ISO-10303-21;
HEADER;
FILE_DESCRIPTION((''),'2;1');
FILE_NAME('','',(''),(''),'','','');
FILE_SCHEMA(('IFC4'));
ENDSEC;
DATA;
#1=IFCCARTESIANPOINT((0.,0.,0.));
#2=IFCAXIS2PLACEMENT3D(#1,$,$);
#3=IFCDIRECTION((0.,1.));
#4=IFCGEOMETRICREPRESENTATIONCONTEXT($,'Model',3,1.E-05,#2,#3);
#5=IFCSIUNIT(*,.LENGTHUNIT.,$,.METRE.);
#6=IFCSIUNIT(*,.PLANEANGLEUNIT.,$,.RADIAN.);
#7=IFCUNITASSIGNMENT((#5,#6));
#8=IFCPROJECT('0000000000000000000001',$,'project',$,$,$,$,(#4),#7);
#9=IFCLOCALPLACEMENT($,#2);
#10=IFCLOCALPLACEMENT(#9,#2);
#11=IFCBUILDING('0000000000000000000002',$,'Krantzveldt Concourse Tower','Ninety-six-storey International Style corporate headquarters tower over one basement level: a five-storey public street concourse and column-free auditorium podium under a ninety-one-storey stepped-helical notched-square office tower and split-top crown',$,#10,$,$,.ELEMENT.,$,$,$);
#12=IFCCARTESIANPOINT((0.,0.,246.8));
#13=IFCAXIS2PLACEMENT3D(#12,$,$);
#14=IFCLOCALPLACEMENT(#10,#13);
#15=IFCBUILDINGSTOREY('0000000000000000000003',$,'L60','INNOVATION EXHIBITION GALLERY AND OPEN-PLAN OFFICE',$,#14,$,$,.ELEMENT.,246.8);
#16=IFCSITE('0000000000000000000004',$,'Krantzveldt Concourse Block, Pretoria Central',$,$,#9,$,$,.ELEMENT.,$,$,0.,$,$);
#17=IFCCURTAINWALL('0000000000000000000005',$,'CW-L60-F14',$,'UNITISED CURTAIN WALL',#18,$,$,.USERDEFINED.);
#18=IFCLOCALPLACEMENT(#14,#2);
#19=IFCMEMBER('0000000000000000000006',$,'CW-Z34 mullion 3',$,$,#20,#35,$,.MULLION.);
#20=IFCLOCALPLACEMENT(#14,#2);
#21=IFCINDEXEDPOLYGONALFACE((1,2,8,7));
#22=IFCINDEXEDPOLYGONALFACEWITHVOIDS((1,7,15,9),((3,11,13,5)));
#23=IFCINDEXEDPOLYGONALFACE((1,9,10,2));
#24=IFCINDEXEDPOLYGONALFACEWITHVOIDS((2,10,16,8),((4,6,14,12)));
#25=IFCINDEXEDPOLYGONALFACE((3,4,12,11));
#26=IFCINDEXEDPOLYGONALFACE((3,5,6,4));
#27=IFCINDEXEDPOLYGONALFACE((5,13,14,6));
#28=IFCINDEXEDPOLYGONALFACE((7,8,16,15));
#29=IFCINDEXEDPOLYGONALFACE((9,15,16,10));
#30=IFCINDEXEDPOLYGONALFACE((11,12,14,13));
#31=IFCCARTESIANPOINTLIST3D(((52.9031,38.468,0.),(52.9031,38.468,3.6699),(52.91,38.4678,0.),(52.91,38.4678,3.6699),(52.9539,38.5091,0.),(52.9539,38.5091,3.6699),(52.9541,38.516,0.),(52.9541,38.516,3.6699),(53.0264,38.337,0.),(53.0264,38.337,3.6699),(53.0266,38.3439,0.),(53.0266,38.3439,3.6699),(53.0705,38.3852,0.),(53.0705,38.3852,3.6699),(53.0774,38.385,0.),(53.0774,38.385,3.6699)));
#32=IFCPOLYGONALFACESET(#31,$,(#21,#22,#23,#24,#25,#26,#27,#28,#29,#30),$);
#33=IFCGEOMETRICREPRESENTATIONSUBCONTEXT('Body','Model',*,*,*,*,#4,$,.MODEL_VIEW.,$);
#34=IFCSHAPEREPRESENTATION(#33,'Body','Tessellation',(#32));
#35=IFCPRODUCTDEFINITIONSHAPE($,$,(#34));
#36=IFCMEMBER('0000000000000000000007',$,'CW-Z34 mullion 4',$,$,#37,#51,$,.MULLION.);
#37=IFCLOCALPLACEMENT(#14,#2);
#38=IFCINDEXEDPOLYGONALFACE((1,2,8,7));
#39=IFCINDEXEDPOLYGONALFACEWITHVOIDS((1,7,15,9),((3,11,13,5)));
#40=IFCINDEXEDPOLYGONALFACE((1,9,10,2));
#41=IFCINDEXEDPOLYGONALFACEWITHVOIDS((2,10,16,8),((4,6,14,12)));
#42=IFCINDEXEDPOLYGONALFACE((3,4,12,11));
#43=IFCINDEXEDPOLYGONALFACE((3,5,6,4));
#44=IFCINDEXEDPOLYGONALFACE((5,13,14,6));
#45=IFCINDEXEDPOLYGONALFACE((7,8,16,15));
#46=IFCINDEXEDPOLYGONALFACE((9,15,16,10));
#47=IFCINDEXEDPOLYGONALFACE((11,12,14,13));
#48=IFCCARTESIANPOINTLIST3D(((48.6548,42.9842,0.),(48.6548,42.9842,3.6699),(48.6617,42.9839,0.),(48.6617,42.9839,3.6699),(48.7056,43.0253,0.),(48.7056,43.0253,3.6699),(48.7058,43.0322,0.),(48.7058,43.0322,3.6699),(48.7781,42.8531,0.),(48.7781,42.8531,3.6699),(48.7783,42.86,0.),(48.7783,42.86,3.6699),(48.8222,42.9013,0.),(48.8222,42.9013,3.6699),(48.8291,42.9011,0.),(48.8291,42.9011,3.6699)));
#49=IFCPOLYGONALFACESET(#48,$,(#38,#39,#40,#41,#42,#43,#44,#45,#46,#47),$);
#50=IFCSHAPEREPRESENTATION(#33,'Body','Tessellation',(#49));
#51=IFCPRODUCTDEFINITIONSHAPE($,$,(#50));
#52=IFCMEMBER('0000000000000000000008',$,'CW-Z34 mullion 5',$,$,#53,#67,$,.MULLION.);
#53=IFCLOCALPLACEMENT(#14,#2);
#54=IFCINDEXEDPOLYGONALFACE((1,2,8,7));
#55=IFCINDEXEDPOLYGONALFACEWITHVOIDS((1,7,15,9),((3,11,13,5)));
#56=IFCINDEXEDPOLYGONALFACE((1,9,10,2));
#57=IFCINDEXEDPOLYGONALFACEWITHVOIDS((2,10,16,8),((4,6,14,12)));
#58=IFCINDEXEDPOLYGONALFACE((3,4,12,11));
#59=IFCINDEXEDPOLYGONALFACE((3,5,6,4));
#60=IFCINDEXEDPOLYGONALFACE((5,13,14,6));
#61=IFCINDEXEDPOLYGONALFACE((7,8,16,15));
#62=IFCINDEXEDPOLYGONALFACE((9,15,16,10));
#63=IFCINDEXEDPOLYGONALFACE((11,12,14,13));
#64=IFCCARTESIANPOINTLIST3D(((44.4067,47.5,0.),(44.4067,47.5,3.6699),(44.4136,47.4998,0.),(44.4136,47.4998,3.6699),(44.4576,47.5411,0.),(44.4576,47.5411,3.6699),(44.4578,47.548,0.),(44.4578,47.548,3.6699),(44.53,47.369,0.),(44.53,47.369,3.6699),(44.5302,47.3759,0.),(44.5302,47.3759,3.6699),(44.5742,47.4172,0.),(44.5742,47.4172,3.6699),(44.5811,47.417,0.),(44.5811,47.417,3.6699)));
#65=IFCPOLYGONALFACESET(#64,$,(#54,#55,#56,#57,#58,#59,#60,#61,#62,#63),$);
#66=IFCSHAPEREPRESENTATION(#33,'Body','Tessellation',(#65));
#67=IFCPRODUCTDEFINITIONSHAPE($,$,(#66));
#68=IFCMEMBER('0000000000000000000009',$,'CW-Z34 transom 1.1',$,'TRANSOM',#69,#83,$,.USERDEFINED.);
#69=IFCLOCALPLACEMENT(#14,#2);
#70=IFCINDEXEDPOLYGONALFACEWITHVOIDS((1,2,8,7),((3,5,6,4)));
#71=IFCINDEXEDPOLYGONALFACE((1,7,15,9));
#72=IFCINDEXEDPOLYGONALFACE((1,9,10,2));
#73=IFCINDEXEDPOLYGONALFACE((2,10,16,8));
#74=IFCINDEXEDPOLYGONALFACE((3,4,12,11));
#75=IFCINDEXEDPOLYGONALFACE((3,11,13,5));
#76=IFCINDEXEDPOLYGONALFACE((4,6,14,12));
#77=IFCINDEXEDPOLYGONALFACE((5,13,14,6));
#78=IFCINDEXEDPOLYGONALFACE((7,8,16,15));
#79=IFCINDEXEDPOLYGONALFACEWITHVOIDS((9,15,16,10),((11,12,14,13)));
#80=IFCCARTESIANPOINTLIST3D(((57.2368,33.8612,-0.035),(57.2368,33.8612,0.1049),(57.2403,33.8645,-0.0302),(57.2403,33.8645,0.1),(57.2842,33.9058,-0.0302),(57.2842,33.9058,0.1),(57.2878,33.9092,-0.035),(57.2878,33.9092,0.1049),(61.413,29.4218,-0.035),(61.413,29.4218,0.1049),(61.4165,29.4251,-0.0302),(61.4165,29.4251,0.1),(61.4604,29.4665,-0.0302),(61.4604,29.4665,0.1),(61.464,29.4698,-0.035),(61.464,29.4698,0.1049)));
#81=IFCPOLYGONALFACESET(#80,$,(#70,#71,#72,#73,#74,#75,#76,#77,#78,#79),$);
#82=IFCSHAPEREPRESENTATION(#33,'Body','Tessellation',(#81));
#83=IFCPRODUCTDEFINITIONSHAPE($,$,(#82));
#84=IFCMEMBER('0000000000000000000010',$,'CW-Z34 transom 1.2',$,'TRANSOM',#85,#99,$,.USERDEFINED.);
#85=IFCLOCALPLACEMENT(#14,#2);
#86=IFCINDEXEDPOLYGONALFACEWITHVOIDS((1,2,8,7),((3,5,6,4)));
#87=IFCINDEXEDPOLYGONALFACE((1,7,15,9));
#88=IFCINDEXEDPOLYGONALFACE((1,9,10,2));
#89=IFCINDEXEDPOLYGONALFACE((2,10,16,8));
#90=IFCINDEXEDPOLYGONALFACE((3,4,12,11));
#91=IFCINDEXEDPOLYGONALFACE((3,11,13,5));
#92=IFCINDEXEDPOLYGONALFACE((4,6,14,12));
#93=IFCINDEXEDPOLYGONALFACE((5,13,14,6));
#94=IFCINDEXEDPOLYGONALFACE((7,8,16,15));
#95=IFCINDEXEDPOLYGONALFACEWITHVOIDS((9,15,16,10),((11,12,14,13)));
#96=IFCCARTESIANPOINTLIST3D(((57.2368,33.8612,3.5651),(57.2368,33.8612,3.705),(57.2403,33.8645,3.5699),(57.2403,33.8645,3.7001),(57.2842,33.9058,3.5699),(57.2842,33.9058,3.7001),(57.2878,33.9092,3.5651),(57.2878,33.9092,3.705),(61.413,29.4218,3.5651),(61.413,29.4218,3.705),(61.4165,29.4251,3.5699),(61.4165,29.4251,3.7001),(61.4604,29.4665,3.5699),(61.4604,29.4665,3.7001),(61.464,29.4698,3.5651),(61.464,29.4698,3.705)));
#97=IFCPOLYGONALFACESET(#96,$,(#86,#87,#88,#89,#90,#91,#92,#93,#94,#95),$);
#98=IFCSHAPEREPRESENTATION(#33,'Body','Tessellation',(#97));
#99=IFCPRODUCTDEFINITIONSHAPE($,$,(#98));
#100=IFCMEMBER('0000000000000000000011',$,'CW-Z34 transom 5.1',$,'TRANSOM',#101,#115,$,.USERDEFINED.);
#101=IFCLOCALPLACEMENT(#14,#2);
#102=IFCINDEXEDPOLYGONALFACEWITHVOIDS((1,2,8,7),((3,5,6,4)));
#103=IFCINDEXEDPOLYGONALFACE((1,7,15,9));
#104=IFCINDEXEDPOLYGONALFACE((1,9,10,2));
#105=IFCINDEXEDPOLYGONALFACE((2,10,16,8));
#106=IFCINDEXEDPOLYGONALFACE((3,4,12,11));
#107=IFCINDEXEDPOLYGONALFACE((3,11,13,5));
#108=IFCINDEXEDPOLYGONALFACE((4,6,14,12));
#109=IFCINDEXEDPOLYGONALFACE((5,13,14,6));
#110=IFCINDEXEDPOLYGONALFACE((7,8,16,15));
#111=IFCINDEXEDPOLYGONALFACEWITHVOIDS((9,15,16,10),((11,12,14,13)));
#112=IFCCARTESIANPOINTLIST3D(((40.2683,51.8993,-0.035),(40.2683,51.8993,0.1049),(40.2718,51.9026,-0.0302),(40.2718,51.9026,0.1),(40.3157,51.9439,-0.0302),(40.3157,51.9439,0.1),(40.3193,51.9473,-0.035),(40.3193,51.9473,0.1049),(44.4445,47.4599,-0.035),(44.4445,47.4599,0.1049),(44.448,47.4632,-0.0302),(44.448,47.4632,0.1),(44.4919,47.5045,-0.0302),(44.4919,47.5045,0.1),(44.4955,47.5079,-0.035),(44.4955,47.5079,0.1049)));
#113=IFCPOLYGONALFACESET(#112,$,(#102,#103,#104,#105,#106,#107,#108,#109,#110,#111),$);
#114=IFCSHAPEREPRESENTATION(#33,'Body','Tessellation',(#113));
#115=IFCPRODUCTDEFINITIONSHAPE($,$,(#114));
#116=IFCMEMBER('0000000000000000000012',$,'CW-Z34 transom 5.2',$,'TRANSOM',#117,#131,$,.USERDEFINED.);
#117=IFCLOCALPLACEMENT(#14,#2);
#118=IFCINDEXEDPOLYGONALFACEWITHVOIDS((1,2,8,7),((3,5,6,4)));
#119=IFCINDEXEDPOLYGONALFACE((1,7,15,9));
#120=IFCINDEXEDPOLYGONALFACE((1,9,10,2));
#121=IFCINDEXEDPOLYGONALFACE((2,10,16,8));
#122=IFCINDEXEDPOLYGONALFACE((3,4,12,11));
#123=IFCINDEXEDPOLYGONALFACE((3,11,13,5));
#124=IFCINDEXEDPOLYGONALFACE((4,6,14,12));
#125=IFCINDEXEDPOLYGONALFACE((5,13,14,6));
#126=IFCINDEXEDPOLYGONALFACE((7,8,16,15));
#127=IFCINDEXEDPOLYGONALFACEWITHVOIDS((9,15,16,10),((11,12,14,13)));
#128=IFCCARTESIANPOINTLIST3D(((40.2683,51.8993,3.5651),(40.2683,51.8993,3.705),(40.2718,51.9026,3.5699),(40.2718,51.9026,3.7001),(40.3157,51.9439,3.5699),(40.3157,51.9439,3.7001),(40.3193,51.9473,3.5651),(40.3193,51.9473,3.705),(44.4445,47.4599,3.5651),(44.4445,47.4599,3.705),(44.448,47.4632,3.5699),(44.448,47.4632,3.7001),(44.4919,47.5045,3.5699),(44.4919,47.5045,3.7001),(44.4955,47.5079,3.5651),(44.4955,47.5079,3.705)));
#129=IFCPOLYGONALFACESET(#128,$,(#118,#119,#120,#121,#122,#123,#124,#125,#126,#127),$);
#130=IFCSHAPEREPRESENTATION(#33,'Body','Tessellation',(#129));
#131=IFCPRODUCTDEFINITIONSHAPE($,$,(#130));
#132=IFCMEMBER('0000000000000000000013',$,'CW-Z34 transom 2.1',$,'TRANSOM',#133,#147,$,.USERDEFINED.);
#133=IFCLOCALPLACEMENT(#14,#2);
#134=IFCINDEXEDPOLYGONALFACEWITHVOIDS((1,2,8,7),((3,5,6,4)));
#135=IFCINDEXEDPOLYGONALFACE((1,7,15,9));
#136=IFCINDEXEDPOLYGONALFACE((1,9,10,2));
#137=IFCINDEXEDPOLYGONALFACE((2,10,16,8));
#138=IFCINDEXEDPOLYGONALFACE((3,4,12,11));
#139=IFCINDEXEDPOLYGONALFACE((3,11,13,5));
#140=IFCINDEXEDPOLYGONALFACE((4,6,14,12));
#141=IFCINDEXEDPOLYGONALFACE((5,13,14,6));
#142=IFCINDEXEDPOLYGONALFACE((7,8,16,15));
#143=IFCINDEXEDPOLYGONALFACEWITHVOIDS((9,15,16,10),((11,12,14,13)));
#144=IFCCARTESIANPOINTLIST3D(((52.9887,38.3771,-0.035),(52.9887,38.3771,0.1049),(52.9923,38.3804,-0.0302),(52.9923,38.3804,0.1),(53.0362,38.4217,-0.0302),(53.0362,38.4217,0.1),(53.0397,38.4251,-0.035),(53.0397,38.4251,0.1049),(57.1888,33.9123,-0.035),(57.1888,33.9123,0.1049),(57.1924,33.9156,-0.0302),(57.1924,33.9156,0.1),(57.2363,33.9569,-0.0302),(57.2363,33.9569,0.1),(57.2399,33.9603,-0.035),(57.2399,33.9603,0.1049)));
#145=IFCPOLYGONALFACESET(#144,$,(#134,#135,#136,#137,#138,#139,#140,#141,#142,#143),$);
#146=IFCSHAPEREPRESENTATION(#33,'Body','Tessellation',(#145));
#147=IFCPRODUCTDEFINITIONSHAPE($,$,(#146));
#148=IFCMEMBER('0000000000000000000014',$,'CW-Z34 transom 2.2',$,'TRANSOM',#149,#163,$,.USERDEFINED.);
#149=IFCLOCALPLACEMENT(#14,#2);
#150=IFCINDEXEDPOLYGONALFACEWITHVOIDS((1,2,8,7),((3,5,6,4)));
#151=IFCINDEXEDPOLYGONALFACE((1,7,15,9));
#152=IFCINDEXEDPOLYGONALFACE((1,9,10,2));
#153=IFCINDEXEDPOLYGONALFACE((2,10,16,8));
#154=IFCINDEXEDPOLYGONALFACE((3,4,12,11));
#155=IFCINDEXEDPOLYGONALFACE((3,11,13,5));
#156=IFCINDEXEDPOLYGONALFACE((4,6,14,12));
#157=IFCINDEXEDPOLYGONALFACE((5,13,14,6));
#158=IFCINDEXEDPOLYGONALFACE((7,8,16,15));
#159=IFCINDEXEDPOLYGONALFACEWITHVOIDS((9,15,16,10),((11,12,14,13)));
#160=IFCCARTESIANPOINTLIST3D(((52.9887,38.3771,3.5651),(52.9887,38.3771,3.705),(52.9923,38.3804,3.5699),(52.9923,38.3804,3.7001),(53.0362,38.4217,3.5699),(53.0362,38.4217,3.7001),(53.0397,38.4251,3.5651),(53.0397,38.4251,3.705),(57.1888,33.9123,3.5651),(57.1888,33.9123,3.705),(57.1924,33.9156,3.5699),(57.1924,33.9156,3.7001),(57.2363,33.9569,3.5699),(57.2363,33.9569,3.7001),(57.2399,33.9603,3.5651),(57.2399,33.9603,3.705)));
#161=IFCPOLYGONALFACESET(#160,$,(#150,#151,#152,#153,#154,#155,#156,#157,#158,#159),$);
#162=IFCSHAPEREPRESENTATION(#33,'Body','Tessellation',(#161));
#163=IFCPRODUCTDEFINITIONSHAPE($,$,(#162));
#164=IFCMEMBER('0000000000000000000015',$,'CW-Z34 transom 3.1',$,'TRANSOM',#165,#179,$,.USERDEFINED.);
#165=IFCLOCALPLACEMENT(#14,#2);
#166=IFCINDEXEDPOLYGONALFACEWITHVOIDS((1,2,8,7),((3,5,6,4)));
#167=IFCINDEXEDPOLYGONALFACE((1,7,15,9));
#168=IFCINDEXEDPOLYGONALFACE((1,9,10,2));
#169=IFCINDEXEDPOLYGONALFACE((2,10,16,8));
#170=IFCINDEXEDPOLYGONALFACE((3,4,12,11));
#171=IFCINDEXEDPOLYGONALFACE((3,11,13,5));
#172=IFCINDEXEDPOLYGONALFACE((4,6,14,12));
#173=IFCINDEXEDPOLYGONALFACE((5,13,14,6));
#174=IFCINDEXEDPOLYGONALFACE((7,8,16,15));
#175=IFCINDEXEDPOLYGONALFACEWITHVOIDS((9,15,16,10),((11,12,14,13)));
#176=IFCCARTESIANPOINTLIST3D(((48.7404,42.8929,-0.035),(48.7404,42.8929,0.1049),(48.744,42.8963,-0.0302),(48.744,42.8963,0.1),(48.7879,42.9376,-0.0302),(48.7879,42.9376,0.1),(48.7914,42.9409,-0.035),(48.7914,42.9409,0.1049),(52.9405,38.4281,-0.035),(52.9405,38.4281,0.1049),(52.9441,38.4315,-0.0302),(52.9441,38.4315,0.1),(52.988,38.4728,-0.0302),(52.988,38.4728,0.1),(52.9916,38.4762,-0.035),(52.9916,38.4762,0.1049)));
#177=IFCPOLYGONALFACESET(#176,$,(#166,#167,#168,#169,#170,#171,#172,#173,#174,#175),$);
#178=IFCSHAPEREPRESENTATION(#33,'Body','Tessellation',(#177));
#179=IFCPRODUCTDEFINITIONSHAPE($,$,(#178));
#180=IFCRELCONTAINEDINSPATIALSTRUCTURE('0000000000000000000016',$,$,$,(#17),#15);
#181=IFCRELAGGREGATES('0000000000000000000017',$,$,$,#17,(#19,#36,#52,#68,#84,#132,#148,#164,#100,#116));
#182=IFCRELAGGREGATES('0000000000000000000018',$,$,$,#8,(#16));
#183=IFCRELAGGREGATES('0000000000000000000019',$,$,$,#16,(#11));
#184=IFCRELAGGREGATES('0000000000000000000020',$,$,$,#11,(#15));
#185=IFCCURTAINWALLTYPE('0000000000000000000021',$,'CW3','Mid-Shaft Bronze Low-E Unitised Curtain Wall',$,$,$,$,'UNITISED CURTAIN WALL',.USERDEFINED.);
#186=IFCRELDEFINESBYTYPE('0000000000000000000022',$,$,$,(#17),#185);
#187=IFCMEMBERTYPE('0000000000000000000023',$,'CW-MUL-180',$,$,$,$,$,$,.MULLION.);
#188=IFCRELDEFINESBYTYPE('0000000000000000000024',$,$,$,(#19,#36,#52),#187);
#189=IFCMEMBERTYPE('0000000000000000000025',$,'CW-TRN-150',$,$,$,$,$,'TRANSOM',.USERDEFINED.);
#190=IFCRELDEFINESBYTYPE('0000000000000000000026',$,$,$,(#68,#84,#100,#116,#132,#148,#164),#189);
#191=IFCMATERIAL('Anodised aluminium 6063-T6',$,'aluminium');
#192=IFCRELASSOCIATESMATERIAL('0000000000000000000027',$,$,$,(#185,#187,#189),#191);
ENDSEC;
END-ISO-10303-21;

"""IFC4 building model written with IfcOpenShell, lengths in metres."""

from ifc_helpers import new_model, si_unit, direction, frame, origin, origin_2d, place, context, subcontext, project, spatial, hollow_rectangle, extrude, source, transform, mapped, material, material_profile, profile_set, type_object, type_shapes, element, aggregate, save


model = new_model("IFC4")

# Units and contexts
model_context = context("Model", 3, precision=1e-05, world=origin(), true_north=direction((0.0, 1.0)))
body_context = subcontext(model_context, "Body", "Model", "MODEL_VIEW")
ifc_project = project(units=[si_unit("LENGTHUNIT", "METRE"), si_unit("PLANEANGLEUNIT", "RADIAN")], contexts=[model_context])

# Site, building, storey
site_placement = place(None, origin())
site = spatial("IfcSite", under=ifc_project, at=site_placement, Name="Krantzveldt Concourse Block, Pretoria Central", CompositionType="ELEMENT", RefElevation=0.0)
building_placement = place(site_placement, origin())
building = spatial("IfcBuilding", under=site, at=building_placement, Name="Krantzveldt Concourse Tower", Description="Ninety-six-storey International Style corporate headquarters tower over one basement level: a five-storey public street concourse and column-free auditorium podium under a ninety-one-storey stepped-helical notched-square office tower and split-top crown", CompositionType="ELEMENT")
storey_placement = place(building_placement, frame((0.0, 0.0, 246.8)))
storey = spatial("IfcBuildingStorey", under=building, at=storey_placement, Name="L60", Description="INNOVATION EXHIBITION GALLERY AND OPEN-PLAN OFFICE", CompositionType="ELEMENT", Elevation=246.8)

# Curtain wall, members
ifc_material_1 = material(Name="Anodised aluminium 6063-T6", Category="aluminium")
curtain_wall_type = type_object("IfcCurtainWallType", Name="CW3", Description="Mid-Shaft Bronze Low-E Unitised Curtain Wall", ElementType="UNITISED CURTAIN WALL", PredefinedType="USERDEFINED", material=ifc_material_1)
curtain_wall_placement = place(storey_placement, origin())
curtain_wall = element("IfcCurtainWall", 1, at=curtain_wall_placement, inside=storey, type_object=curtain_wall_type, Name="CW-L60-F14", ObjectType="UNITISED CURTAIN WALL", PredefinedType="USERDEFINED")
ifc_material_profile_1 = material_profile(ifc_material_1, hollow_rectangle(XDim=0.0701, YDim=0.1799, WallThickness=0.0049, at=origin_2d()), Name="Anodised aluminium 6063-T6", Category="aluminium")
ifc_profile_set_1 = profile_set([ifc_material_profile_1], Name="Anodised aluminium 6063-T6 - ALU-MULL 180x70x5")
member_type_1 = type_object("IfcMemberType", Name="CW-MUL-180", PredefinedType="MULLION", material=ifc_profile_set_1)
shared_shape_1 = source(origin(), body_context, "Body", "SweptSolid", [
    extrude(hollow_rectangle(XDim=0.0701, YDim=0.1799, WallThickness=0.0049, at=origin_2d()), origin(), (0.0, 0.0, 1.0), 3.6699),
])
type_shapes(member_type_1, [shared_shape_1])
member_1_placement = place(storey_placement, frame((52.9902, 38.4265, 0.0), z_axis=(0.0, 0.0, 1.0), x_axis=(-0.728371, -0.685183, 0.0)))
member_1 = element("IfcMember", 2, at=member_1_placement, type_object=member_type_1, Name="CW-Z34 mullion 3", PredefinedType="MULLION", context=body_context, shape_type="MappedRepresentation", body=[
    mapped(shared_shape_1, transform((0.0, 0.0, 0.0), x_axis=(1.0, 0.0, 0.0), y_axis=(0.0, 1.0, 0.0), z_axis=(0.0, 0.0, 1.0), scale=1.0)),
])
member_2_placement = place(storey_placement, frame((48.7419, 42.9426, 0.0), z_axis=(0.0, 0.0, 1.0), x_axis=(-0.728371, -0.685183, 0.0)))
member_2 = element("IfcMember", 3, at=member_2_placement, type_object=member_type_1, Name="CW-Z34 mullion 4", PredefinedType="MULLION", context=body_context, shape_type="MappedRepresentation", body=[
    mapped(shared_shape_1, transform((0.0, 0.0, 0.0), x_axis=(1.0, 0.0, 0.0), y_axis=(0.0, 1.0, 0.0), z_axis=(0.0, 0.0, 1.0), scale=1.0)),
])
member_3_placement = place(storey_placement, frame((44.4939, 47.4585, 0.0), z_axis=(0.0, 0.0, 1.0), x_axis=(-0.728371, -0.685183, 0.0)))
member_3 = element("IfcMember", 4, at=member_3_placement, type_object=member_type_1, Name="CW-Z34 mullion 5", PredefinedType="MULLION", context=body_context, shape_type="MappedRepresentation", body=[
    mapped(shared_shape_1, transform((0.0, 0.0, 0.0), x_axis=(1.0, 0.0, 0.0), y_axis=(0.0, 1.0, 0.0), z_axis=(0.0, 0.0, 1.0), scale=1.0)),
])
ifc_material_profile_2 = material_profile(ifc_material_1, hollow_rectangle(XDim=0.0701, YDim=0.1399, WallThickness=0.0049, at=origin_2d()), Name="Anodised aluminium 6063-T6", Category="aluminium")
ifc_profile_set_2 = profile_set([ifc_material_profile_2], Name="Anodised aluminium 6063-T6 - ALU-TRAN 140x70x5")
member_type_2 = type_object("IfcMemberType", Name="CW-TRN-150", ElementType="TRANSOM", PredefinedType="USERDEFINED", material=ifc_profile_set_2)
shared_shape_2 = source(origin(), body_context, "Body", "SweptSolid", [
    extrude(hollow_rectangle(XDim=0.0701, YDim=0.1399, WallThickness=0.0049, at=origin_2d()), origin(), (0.0, 0.0, 1.0), 6.095),
])
member_4_placement = place(storey_placement, frame((61.4385, 29.4458, 0.0349), z_axis=(-0.685187, 0.728367, 0.0), x_axis=(-0.728367, -0.685187, 0.0)))
member_4 = element("IfcMember", 5, at=member_4_placement, type_object=member_type_2, Name="CW-Z34 transom 1.1", ObjectType="TRANSOM", PredefinedType="USERDEFINED", context=body_context, shape_type="MappedRepresentation", body=[
    mapped(shared_shape_2, transform((0.0, 0.0, 0.0), x_axis=(1.0, 0.0, 0.0), y_axis=(0.0, 1.0, 0.0), z_axis=(0.0, 0.0, 1.0), scale=1.0)),
])
member_5_placement = place(storey_placement, frame((61.4385, 29.4458, 3.635), z_axis=(-0.685187, 0.728367, 0.0), x_axis=(-0.728367, -0.685187, 0.0)))
member_5 = element("IfcMember", 6, at=member_5_placement, type_object=member_type_2, Name="CW-Z34 transom 1.2", ObjectType="TRANSOM", PredefinedType="USERDEFINED", context=body_context, shape_type="MappedRepresentation", body=[
    mapped(shared_shape_2, transform((0.0, 0.0, 0.0), x_axis=(1.0, 0.0, 0.0), y_axis=(0.0, 1.0, 0.0), z_axis=(0.0, 0.0, 1.0), scale=1.0)),
])
member_6_placement = place(storey_placement, frame((44.47, 47.4839, 0.0349), z_axis=(-0.685187, 0.728367, 0.0), x_axis=(-0.728367, -0.685187, 0.0)))
member_6 = element("IfcMember", 7, at=member_6_placement, type_object=member_type_2, Name="CW-Z34 transom 5.1", ObjectType="TRANSOM", PredefinedType="USERDEFINED", context=body_context, shape_type="MappedRepresentation", body=[
    mapped(shared_shape_2, transform((0.0, 0.0, 0.0), x_axis=(1.0, 0.0, 0.0), y_axis=(0.0, 1.0, 0.0), z_axis=(0.0, 0.0, 1.0), scale=1.0)),
])
member_7_placement = place(storey_placement, frame((44.47, 47.4839, 3.635), z_axis=(-0.685187, 0.728367, 0.0), x_axis=(-0.728367, -0.685187, 0.0)))
member_7 = element("IfcMember", 8, at=member_7_placement, type_object=member_type_2, Name="CW-Z34 transom 5.2", ObjectType="TRANSOM", PredefinedType="USERDEFINED", context=body_context, shape_type="MappedRepresentation", body=[
    mapped(shared_shape_2, transform((0.0, 0.0, 0.0), x_axis=(1.0, 0.0, 0.0), y_axis=(0.0, 1.0, 0.0), z_axis=(0.0, 0.0, 1.0), scale=1.0)),
])
shared_shape_3 = source(origin(), body_context, "Body", "SweptSolid", [
    extrude(hollow_rectangle(XDim=0.0701, YDim=0.1399, WallThickness=0.0049, at=origin_2d()), origin(), (0.0, 0.0, 1.0), 6.1299),
])
type_shapes(member_type_2, [shared_shape_2, shared_shape_3])
member_8_placement = place(storey_placement, frame((57.2144, 33.9363, 0.0349), z_axis=(-0.685191, 0.728364, 0.0), x_axis=(-0.728364, -0.685191, 0.0)))
member_8 = element("IfcMember", 9, at=member_8_placement, type_object=member_type_2, Name="CW-Z34 transom 2.1", ObjectType="TRANSOM", PredefinedType="USERDEFINED", context=body_context, shape_type="MappedRepresentation", body=[
    mapped(shared_shape_3, transform((0.0, 0.0, 0.0), x_axis=(1.0, 0.0, 0.0), y_axis=(0.0, 1.0, 0.0), z_axis=(0.0, 0.0, 1.0), scale=1.0)),
])
member_9_placement = place(storey_placement, frame((57.2144, 33.9363, 3.635), z_axis=(-0.685191, 0.728364, 0.0), x_axis=(-0.728364, -0.685191, 0.0)))
member_9 = element("IfcMember", 10, at=member_9_placement, type_object=member_type_2, Name="CW-Z34 transom 2.2", ObjectType="TRANSOM", PredefinedType="USERDEFINED", context=body_context, shape_type="MappedRepresentation", body=[
    mapped(shared_shape_3, transform((0.0, 0.0, 0.0), x_axis=(1.0, 0.0, 0.0), y_axis=(0.0, 1.0, 0.0), z_axis=(0.0, 0.0, 1.0), scale=1.0)),
])
member_10_placement = place(storey_placement, frame((52.9661, 38.4521, 0.0349), z_axis=(-0.685191, 0.728364, 0.0), x_axis=(-0.728364, -0.685191, 0.0)))
member_10 = element("IfcMember", 11, at=member_10_placement, type_object=member_type_2, Name="CW-Z34 transom 3.1", ObjectType="TRANSOM", PredefinedType="USERDEFINED", context=body_context, shape_type="MappedRepresentation", body=[
    mapped(shared_shape_3, transform((0.0, 0.0, 0.0), x_axis=(1.0, 0.0, 0.0), y_axis=(0.0, 1.0, 0.0), z_axis=(0.0, 0.0, 1.0), scale=1.0)),
])
aggregate(curtain_wall, [member_1, member_2, member_3, member_4, member_5, member_8, member_9, member_10, member_6, member_7])

save(model, "model.ifc")
